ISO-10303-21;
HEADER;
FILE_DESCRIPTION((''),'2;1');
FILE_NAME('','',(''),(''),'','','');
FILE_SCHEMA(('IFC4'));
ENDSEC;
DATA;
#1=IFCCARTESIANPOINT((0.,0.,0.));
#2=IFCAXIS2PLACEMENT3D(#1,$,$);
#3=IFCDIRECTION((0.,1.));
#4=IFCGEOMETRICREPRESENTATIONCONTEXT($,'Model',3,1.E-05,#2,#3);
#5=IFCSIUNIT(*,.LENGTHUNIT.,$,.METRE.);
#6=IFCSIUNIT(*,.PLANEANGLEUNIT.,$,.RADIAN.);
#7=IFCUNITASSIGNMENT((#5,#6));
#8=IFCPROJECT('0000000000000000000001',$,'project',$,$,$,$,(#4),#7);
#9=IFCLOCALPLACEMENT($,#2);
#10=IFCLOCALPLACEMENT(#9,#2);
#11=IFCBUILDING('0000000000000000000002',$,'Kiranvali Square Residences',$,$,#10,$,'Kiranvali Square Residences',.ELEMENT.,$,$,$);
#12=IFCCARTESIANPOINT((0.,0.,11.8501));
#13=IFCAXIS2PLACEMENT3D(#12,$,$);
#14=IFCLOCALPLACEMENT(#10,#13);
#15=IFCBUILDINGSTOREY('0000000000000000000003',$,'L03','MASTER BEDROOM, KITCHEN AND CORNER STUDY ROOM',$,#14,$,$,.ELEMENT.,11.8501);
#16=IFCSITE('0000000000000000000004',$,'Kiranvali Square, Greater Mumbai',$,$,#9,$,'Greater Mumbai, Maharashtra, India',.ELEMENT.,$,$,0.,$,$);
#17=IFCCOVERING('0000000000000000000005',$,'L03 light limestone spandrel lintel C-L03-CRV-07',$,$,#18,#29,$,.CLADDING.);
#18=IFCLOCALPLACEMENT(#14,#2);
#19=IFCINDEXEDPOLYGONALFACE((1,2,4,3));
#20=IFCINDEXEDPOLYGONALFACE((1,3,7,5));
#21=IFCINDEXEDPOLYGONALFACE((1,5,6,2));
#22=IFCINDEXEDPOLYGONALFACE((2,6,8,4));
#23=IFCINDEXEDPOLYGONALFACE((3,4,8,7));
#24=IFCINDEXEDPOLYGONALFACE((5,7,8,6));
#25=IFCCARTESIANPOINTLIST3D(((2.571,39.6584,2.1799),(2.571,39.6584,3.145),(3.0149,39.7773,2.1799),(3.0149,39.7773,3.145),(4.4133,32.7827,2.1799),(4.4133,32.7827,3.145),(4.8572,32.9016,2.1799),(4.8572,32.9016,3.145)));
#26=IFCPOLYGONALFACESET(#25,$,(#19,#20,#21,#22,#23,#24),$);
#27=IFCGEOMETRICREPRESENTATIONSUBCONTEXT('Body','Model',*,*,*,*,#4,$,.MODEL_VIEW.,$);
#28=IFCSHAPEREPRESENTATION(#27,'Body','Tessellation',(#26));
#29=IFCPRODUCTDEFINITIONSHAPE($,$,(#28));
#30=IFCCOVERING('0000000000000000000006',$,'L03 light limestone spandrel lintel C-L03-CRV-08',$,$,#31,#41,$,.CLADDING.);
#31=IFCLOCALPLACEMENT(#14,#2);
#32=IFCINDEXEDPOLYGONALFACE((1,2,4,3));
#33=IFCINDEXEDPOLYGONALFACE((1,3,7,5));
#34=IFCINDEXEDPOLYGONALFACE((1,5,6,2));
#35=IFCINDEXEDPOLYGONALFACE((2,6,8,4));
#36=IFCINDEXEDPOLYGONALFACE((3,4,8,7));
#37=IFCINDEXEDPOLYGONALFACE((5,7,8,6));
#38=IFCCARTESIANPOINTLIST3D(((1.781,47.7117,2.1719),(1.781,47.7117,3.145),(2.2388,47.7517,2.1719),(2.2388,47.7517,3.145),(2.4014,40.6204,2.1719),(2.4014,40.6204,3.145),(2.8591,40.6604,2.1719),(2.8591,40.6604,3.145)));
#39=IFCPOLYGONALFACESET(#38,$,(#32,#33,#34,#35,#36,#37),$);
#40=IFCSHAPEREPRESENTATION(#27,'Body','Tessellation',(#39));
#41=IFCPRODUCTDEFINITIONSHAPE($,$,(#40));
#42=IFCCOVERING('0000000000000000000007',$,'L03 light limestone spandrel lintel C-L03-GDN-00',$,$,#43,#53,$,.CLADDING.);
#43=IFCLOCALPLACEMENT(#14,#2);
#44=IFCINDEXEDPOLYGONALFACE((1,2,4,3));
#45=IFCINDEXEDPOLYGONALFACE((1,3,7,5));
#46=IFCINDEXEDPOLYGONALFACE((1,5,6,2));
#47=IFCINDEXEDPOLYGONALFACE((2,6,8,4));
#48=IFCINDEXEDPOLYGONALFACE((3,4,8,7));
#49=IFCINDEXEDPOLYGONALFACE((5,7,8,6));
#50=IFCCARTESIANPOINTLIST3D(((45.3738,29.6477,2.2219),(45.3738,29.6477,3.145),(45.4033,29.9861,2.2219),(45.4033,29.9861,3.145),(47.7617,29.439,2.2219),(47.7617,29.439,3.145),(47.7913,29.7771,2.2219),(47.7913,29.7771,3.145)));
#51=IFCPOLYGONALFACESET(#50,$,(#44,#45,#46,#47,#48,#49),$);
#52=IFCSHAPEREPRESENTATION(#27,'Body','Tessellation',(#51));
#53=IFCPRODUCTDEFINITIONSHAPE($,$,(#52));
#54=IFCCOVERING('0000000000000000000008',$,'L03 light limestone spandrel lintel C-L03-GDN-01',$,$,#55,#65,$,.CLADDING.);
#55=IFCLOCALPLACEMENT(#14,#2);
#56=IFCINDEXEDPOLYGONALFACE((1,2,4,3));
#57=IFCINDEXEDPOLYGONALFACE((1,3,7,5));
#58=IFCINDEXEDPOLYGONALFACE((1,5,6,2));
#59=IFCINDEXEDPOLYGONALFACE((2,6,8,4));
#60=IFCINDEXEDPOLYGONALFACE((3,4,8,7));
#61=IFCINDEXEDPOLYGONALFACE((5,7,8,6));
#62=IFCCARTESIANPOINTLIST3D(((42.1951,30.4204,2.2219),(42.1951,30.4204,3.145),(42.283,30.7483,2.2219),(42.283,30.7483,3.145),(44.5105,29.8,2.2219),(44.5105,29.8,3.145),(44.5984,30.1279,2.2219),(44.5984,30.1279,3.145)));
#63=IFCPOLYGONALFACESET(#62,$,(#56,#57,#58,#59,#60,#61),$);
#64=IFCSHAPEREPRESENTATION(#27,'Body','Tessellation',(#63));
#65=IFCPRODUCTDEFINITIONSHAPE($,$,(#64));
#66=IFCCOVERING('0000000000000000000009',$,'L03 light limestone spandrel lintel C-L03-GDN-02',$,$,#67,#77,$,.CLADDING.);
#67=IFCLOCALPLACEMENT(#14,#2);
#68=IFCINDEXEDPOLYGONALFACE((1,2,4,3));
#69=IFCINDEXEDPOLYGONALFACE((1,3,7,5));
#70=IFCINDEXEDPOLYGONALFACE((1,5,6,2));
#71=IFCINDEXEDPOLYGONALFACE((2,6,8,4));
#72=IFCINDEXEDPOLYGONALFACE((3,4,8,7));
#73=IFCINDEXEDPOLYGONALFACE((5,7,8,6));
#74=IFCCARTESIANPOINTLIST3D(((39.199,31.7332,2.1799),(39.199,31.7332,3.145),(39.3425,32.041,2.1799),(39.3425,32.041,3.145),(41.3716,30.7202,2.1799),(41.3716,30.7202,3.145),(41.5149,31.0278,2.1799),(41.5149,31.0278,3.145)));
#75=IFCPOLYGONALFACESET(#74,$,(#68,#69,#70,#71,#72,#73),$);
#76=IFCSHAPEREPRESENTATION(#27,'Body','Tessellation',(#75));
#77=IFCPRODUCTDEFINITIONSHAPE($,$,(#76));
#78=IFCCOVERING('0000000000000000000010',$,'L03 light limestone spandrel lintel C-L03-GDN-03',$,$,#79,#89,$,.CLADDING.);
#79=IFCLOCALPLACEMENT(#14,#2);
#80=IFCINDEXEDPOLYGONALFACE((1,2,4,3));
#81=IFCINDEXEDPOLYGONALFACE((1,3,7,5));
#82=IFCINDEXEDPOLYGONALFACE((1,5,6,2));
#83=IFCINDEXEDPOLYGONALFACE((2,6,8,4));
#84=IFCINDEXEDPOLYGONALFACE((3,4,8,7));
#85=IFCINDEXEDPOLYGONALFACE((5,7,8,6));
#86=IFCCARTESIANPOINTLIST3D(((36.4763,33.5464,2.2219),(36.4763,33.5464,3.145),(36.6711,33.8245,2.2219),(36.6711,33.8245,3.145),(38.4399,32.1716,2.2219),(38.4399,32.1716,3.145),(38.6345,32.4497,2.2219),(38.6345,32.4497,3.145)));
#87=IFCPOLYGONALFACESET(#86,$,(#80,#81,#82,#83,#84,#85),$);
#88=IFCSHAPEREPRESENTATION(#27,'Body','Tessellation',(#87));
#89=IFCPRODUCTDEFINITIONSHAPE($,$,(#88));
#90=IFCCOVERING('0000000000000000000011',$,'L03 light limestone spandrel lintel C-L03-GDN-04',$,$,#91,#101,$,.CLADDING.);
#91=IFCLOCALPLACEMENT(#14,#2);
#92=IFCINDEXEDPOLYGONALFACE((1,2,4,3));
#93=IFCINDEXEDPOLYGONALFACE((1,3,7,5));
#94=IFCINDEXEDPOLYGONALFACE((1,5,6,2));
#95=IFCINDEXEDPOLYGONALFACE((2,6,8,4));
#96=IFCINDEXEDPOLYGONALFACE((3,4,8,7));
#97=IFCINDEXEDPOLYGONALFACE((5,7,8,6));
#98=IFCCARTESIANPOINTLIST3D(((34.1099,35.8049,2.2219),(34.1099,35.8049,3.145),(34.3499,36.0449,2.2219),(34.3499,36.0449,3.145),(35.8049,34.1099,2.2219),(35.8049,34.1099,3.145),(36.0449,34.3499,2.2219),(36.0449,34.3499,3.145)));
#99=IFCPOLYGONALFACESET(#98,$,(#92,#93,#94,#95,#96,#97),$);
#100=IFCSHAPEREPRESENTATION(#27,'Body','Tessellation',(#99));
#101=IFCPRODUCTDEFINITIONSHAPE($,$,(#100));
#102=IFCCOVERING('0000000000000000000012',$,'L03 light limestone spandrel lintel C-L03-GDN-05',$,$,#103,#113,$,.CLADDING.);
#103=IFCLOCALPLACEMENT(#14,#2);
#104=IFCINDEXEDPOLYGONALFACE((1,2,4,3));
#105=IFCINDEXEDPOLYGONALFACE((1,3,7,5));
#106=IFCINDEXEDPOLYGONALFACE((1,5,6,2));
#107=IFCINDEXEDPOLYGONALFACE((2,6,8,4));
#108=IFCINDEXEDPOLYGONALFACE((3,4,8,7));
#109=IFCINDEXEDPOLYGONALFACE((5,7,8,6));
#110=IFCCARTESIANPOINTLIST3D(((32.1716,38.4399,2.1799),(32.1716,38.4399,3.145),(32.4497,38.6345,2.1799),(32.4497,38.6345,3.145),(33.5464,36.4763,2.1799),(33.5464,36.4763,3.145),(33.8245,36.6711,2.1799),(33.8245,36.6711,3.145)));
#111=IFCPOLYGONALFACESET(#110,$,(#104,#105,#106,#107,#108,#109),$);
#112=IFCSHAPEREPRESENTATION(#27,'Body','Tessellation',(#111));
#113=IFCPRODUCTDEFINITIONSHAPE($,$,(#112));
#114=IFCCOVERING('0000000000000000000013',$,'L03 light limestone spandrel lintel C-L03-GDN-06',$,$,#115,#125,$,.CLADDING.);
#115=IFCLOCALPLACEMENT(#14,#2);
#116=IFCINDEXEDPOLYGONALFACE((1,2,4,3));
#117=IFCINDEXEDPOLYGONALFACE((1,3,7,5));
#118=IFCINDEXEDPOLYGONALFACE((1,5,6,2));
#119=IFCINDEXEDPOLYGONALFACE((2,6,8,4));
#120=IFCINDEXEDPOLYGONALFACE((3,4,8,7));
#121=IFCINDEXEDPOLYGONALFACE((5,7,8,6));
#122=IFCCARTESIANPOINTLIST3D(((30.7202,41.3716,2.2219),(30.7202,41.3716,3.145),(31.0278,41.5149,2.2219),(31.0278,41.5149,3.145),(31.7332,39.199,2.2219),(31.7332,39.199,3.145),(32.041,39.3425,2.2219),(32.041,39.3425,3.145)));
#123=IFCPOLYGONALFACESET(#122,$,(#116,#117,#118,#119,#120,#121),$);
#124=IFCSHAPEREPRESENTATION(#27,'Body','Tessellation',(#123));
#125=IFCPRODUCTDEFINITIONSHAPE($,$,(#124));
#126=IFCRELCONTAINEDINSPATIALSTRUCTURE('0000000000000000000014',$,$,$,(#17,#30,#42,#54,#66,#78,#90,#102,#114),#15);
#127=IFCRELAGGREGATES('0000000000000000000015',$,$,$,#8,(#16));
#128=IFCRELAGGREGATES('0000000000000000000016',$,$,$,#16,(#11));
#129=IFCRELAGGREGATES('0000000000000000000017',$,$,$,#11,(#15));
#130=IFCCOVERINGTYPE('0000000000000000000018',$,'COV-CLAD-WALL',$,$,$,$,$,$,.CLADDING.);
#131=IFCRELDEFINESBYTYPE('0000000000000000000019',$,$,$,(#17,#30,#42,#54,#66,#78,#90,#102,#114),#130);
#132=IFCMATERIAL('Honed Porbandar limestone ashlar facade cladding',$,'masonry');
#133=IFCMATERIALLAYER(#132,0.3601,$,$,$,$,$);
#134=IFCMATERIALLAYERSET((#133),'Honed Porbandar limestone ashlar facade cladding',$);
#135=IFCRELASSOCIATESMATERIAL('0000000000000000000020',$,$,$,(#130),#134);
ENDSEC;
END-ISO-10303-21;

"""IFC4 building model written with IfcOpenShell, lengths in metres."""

from ifc_helpers import new_model, si_unit, direction, frame, origin, place, context, subcontext, project, spatial, polyline, outline, extrude, material, layer, layer_set, type_object, element, save


model = new_model("IFC4")

# Units and contexts
model_context = context("Model", 3, precision=1e-05, world=origin(), true_north=direction((0.0, 1.0)))
body_context = subcontext(model_context, "Body", "Model", "MODEL_VIEW")
ifc_project = project(units=[si_unit("LENGTHUNIT", "METRE"), si_unit("PLANEANGLEUNIT", "RADIAN")], contexts=[model_context])

# Site, building, storey
site_placement = place(None, origin())
site = spatial("IfcSite", under=ifc_project, at=site_placement, Name="Kiranvali Square, Greater Mumbai", LongName="Greater Mumbai, Maharashtra, India", CompositionType="ELEMENT", RefElevation=0.0)
building_placement = place(site_placement, origin())
building = spatial("IfcBuilding", under=site, at=building_placement, Name="Kiranvali Square Residences", LongName="Kiranvali Square Residences", CompositionType="ELEMENT")
storey_placement = place(building_placement, frame((0.0, 0.0, 11.8501)))
storey = spatial("IfcBuildingStorey", under=building, at=storey_placement, Name="L03", Description="MASTER BEDROOM, KITCHEN AND CORNER STUDY ROOM", CompositionType="ELEMENT", Elevation=11.8501)

# Coverings
ifc_material = material(Name="Honed Porbandar limestone ashlar facade cladding", Category="masonry")
ifc_layer = layer(ifc_material, 0.3601)
ifc_layer_set = layer_set([ifc_layer], Name="Honed Porbandar limestone ashlar facade cladding")
covering_type = type_object("IfcCoveringType", Name="COV-CLAD-WALL", PredefinedType="CLADDING", material=ifc_layer_set)
covering_1_placement = place(storey_placement, frame((0.0, 0.0, 2.1799)))
element("IfcCovering", 1, at=covering_1_placement, inside=storey, type_object=covering_type, Name="L03 light limestone spandrel lintel C-L03-CRV-07", PredefinedType="CLADDING", context=body_context, shape_type="SweptSolid", body=[
    extrude(outline(polyline([(4.8572, 32.9016), (3.0149, 39.7773), (2.571, 39.6584), (4.4133, 32.7827), (4.8572, 32.9016)])), origin(), (0.0, 0.0, 1.0), 0.9651),
])
covering_2_placement = place(storey_placement, frame((0.0, 0.0, 2.1719)))
element("IfcCovering", 2, at=covering_2_placement, inside=storey, type_object=covering_type, Name="L03 light limestone spandrel lintel C-L03-CRV-08", PredefinedType="CLADDING", context=body_context, shape_type="SweptSolid", body=[
    extrude(outline(polyline([(2.8591, 40.6604), (2.2388, 47.7517), (1.781, 47.7117), (2.4014, 40.6204), (2.8591, 40.6604)])), origin(), (0.0, 0.0, 1.0), 0.9731),
])
covering_3_placement = place(storey_placement, frame((0.0, 0.0, 2.2219)))
element("IfcCovering", 3, at=covering_3_placement, inside=storey, type_object=covering_type, Name="L03 light limestone spandrel lintel C-L03-GDN-00", PredefinedType="CLADDING", context=body_context, shape_type="SweptSolid", body=[
    extrude(outline(polyline([(47.7913, 29.7771), (45.4033, 29.9861), (45.3738, 29.6477), (47.7617, 29.439), (47.7913, 29.7771)])), origin(), (0.0, 0.0, 1.0), 0.9231),
])
covering_4_placement = place(storey_placement, frame((0.0, 0.0, 2.2219)))
element("IfcCovering", 4, at=covering_4_placement, inside=storey, type_object=covering_type, Name="L03 light limestone spandrel lintel C-L03-GDN-01", PredefinedType="CLADDING", context=body_context, shape_type="SweptSolid", body=[
    extrude(outline(polyline([(44.5984, 30.1279), (42.283, 30.7483), (42.1951, 30.4204), (44.5105, 29.8), (44.5984, 30.1279)])), origin(), (0.0, 0.0, 1.0), 0.9231),
])
covering_5_placement = place(storey_placement, frame((0.0, 0.0, 2.1799)))
element("IfcCovering", 5, at=covering_5_placement, inside=storey, type_object=covering_type, Name="L03 light limestone spandrel lintel C-L03-GDN-02", PredefinedType="CLADDING", context=body_context, shape_type="SweptSolid", body=[
    extrude(outline(polyline([(41.5149, 31.0278), (39.3425, 32.041), (39.199, 31.7332), (41.3716, 30.7202), (41.5149, 31.0278)])), origin(), (0.0, 0.0, 1.0), 0.9651),
])
covering_6_placement = place(storey_placement, frame((0.0, 0.0, 2.2219)))
element("IfcCovering", 6, at=covering_6_placement, inside=storey, type_object=covering_type, Name="L03 light limestone spandrel lintel C-L03-GDN-03", PredefinedType="CLADDING", context=body_context, shape_type="SweptSolid", body=[
    extrude(outline(polyline([(38.6345, 32.4497), (36.6711, 33.8245), (36.4763, 33.5464), (38.4399, 32.1716), (38.6345, 32.4497)])), origin(), (0.0, 0.0, 1.0), 0.9231),
])
covering_7_placement = place(storey_placement, frame((0.0, 0.0, 2.2219)))
element("IfcCovering", 7, at=covering_7_placement, inside=storey, type_object=covering_type, Name="L03 light limestone spandrel lintel C-L03-GDN-04", PredefinedType="CLADDING", context=body_context, shape_type="SweptSolid", body=[
    extrude(outline(polyline([(36.0449, 34.3499), (34.3499, 36.0449), (34.1099, 35.8049), (35.8049, 34.1099), (36.0449, 34.3499)])), origin(), (0.0, 0.0, 1.0), 0.9231),
])
covering_8_placement = place(storey_placement, frame((0.0, 0.0, 2.1799)))
element("IfcCovering", 8, at=covering_8_placement, inside=storey, type_object=covering_type, Name="L03 light limestone spandrel lintel C-L03-GDN-05", PredefinedType="CLADDING", context=body_context, shape_type="SweptSolid", body=[
    extrude(outline(polyline([(33.8245, 36.6711), (32.4497, 38.6345), (32.1716, 38.4399), (33.5464, 36.4763), (33.8245, 36.6711)])), origin(), (0.0, 0.0, 1.0), 0.9651),
])
covering_9_placement = place(storey_placement, frame((0.0, 0.0, 2.2219)))
element("IfcCovering", 9, at=covering_9_placement, inside=storey, type_object=covering_type, Name="L03 light limestone spandrel lintel C-L03-GDN-06", PredefinedType="CLADDING", context=body_context, shape_type="SweptSolid", body=[
    extrude(outline(polyline([(32.041, 39.3425), (31.0278, 41.5149), (30.7202, 41.3716), (31.7332, 39.199), (32.041, 39.3425)])), origin(), (0.0, 0.0, 1.0), 0.9231),
])

save(model, "model.ifc")
